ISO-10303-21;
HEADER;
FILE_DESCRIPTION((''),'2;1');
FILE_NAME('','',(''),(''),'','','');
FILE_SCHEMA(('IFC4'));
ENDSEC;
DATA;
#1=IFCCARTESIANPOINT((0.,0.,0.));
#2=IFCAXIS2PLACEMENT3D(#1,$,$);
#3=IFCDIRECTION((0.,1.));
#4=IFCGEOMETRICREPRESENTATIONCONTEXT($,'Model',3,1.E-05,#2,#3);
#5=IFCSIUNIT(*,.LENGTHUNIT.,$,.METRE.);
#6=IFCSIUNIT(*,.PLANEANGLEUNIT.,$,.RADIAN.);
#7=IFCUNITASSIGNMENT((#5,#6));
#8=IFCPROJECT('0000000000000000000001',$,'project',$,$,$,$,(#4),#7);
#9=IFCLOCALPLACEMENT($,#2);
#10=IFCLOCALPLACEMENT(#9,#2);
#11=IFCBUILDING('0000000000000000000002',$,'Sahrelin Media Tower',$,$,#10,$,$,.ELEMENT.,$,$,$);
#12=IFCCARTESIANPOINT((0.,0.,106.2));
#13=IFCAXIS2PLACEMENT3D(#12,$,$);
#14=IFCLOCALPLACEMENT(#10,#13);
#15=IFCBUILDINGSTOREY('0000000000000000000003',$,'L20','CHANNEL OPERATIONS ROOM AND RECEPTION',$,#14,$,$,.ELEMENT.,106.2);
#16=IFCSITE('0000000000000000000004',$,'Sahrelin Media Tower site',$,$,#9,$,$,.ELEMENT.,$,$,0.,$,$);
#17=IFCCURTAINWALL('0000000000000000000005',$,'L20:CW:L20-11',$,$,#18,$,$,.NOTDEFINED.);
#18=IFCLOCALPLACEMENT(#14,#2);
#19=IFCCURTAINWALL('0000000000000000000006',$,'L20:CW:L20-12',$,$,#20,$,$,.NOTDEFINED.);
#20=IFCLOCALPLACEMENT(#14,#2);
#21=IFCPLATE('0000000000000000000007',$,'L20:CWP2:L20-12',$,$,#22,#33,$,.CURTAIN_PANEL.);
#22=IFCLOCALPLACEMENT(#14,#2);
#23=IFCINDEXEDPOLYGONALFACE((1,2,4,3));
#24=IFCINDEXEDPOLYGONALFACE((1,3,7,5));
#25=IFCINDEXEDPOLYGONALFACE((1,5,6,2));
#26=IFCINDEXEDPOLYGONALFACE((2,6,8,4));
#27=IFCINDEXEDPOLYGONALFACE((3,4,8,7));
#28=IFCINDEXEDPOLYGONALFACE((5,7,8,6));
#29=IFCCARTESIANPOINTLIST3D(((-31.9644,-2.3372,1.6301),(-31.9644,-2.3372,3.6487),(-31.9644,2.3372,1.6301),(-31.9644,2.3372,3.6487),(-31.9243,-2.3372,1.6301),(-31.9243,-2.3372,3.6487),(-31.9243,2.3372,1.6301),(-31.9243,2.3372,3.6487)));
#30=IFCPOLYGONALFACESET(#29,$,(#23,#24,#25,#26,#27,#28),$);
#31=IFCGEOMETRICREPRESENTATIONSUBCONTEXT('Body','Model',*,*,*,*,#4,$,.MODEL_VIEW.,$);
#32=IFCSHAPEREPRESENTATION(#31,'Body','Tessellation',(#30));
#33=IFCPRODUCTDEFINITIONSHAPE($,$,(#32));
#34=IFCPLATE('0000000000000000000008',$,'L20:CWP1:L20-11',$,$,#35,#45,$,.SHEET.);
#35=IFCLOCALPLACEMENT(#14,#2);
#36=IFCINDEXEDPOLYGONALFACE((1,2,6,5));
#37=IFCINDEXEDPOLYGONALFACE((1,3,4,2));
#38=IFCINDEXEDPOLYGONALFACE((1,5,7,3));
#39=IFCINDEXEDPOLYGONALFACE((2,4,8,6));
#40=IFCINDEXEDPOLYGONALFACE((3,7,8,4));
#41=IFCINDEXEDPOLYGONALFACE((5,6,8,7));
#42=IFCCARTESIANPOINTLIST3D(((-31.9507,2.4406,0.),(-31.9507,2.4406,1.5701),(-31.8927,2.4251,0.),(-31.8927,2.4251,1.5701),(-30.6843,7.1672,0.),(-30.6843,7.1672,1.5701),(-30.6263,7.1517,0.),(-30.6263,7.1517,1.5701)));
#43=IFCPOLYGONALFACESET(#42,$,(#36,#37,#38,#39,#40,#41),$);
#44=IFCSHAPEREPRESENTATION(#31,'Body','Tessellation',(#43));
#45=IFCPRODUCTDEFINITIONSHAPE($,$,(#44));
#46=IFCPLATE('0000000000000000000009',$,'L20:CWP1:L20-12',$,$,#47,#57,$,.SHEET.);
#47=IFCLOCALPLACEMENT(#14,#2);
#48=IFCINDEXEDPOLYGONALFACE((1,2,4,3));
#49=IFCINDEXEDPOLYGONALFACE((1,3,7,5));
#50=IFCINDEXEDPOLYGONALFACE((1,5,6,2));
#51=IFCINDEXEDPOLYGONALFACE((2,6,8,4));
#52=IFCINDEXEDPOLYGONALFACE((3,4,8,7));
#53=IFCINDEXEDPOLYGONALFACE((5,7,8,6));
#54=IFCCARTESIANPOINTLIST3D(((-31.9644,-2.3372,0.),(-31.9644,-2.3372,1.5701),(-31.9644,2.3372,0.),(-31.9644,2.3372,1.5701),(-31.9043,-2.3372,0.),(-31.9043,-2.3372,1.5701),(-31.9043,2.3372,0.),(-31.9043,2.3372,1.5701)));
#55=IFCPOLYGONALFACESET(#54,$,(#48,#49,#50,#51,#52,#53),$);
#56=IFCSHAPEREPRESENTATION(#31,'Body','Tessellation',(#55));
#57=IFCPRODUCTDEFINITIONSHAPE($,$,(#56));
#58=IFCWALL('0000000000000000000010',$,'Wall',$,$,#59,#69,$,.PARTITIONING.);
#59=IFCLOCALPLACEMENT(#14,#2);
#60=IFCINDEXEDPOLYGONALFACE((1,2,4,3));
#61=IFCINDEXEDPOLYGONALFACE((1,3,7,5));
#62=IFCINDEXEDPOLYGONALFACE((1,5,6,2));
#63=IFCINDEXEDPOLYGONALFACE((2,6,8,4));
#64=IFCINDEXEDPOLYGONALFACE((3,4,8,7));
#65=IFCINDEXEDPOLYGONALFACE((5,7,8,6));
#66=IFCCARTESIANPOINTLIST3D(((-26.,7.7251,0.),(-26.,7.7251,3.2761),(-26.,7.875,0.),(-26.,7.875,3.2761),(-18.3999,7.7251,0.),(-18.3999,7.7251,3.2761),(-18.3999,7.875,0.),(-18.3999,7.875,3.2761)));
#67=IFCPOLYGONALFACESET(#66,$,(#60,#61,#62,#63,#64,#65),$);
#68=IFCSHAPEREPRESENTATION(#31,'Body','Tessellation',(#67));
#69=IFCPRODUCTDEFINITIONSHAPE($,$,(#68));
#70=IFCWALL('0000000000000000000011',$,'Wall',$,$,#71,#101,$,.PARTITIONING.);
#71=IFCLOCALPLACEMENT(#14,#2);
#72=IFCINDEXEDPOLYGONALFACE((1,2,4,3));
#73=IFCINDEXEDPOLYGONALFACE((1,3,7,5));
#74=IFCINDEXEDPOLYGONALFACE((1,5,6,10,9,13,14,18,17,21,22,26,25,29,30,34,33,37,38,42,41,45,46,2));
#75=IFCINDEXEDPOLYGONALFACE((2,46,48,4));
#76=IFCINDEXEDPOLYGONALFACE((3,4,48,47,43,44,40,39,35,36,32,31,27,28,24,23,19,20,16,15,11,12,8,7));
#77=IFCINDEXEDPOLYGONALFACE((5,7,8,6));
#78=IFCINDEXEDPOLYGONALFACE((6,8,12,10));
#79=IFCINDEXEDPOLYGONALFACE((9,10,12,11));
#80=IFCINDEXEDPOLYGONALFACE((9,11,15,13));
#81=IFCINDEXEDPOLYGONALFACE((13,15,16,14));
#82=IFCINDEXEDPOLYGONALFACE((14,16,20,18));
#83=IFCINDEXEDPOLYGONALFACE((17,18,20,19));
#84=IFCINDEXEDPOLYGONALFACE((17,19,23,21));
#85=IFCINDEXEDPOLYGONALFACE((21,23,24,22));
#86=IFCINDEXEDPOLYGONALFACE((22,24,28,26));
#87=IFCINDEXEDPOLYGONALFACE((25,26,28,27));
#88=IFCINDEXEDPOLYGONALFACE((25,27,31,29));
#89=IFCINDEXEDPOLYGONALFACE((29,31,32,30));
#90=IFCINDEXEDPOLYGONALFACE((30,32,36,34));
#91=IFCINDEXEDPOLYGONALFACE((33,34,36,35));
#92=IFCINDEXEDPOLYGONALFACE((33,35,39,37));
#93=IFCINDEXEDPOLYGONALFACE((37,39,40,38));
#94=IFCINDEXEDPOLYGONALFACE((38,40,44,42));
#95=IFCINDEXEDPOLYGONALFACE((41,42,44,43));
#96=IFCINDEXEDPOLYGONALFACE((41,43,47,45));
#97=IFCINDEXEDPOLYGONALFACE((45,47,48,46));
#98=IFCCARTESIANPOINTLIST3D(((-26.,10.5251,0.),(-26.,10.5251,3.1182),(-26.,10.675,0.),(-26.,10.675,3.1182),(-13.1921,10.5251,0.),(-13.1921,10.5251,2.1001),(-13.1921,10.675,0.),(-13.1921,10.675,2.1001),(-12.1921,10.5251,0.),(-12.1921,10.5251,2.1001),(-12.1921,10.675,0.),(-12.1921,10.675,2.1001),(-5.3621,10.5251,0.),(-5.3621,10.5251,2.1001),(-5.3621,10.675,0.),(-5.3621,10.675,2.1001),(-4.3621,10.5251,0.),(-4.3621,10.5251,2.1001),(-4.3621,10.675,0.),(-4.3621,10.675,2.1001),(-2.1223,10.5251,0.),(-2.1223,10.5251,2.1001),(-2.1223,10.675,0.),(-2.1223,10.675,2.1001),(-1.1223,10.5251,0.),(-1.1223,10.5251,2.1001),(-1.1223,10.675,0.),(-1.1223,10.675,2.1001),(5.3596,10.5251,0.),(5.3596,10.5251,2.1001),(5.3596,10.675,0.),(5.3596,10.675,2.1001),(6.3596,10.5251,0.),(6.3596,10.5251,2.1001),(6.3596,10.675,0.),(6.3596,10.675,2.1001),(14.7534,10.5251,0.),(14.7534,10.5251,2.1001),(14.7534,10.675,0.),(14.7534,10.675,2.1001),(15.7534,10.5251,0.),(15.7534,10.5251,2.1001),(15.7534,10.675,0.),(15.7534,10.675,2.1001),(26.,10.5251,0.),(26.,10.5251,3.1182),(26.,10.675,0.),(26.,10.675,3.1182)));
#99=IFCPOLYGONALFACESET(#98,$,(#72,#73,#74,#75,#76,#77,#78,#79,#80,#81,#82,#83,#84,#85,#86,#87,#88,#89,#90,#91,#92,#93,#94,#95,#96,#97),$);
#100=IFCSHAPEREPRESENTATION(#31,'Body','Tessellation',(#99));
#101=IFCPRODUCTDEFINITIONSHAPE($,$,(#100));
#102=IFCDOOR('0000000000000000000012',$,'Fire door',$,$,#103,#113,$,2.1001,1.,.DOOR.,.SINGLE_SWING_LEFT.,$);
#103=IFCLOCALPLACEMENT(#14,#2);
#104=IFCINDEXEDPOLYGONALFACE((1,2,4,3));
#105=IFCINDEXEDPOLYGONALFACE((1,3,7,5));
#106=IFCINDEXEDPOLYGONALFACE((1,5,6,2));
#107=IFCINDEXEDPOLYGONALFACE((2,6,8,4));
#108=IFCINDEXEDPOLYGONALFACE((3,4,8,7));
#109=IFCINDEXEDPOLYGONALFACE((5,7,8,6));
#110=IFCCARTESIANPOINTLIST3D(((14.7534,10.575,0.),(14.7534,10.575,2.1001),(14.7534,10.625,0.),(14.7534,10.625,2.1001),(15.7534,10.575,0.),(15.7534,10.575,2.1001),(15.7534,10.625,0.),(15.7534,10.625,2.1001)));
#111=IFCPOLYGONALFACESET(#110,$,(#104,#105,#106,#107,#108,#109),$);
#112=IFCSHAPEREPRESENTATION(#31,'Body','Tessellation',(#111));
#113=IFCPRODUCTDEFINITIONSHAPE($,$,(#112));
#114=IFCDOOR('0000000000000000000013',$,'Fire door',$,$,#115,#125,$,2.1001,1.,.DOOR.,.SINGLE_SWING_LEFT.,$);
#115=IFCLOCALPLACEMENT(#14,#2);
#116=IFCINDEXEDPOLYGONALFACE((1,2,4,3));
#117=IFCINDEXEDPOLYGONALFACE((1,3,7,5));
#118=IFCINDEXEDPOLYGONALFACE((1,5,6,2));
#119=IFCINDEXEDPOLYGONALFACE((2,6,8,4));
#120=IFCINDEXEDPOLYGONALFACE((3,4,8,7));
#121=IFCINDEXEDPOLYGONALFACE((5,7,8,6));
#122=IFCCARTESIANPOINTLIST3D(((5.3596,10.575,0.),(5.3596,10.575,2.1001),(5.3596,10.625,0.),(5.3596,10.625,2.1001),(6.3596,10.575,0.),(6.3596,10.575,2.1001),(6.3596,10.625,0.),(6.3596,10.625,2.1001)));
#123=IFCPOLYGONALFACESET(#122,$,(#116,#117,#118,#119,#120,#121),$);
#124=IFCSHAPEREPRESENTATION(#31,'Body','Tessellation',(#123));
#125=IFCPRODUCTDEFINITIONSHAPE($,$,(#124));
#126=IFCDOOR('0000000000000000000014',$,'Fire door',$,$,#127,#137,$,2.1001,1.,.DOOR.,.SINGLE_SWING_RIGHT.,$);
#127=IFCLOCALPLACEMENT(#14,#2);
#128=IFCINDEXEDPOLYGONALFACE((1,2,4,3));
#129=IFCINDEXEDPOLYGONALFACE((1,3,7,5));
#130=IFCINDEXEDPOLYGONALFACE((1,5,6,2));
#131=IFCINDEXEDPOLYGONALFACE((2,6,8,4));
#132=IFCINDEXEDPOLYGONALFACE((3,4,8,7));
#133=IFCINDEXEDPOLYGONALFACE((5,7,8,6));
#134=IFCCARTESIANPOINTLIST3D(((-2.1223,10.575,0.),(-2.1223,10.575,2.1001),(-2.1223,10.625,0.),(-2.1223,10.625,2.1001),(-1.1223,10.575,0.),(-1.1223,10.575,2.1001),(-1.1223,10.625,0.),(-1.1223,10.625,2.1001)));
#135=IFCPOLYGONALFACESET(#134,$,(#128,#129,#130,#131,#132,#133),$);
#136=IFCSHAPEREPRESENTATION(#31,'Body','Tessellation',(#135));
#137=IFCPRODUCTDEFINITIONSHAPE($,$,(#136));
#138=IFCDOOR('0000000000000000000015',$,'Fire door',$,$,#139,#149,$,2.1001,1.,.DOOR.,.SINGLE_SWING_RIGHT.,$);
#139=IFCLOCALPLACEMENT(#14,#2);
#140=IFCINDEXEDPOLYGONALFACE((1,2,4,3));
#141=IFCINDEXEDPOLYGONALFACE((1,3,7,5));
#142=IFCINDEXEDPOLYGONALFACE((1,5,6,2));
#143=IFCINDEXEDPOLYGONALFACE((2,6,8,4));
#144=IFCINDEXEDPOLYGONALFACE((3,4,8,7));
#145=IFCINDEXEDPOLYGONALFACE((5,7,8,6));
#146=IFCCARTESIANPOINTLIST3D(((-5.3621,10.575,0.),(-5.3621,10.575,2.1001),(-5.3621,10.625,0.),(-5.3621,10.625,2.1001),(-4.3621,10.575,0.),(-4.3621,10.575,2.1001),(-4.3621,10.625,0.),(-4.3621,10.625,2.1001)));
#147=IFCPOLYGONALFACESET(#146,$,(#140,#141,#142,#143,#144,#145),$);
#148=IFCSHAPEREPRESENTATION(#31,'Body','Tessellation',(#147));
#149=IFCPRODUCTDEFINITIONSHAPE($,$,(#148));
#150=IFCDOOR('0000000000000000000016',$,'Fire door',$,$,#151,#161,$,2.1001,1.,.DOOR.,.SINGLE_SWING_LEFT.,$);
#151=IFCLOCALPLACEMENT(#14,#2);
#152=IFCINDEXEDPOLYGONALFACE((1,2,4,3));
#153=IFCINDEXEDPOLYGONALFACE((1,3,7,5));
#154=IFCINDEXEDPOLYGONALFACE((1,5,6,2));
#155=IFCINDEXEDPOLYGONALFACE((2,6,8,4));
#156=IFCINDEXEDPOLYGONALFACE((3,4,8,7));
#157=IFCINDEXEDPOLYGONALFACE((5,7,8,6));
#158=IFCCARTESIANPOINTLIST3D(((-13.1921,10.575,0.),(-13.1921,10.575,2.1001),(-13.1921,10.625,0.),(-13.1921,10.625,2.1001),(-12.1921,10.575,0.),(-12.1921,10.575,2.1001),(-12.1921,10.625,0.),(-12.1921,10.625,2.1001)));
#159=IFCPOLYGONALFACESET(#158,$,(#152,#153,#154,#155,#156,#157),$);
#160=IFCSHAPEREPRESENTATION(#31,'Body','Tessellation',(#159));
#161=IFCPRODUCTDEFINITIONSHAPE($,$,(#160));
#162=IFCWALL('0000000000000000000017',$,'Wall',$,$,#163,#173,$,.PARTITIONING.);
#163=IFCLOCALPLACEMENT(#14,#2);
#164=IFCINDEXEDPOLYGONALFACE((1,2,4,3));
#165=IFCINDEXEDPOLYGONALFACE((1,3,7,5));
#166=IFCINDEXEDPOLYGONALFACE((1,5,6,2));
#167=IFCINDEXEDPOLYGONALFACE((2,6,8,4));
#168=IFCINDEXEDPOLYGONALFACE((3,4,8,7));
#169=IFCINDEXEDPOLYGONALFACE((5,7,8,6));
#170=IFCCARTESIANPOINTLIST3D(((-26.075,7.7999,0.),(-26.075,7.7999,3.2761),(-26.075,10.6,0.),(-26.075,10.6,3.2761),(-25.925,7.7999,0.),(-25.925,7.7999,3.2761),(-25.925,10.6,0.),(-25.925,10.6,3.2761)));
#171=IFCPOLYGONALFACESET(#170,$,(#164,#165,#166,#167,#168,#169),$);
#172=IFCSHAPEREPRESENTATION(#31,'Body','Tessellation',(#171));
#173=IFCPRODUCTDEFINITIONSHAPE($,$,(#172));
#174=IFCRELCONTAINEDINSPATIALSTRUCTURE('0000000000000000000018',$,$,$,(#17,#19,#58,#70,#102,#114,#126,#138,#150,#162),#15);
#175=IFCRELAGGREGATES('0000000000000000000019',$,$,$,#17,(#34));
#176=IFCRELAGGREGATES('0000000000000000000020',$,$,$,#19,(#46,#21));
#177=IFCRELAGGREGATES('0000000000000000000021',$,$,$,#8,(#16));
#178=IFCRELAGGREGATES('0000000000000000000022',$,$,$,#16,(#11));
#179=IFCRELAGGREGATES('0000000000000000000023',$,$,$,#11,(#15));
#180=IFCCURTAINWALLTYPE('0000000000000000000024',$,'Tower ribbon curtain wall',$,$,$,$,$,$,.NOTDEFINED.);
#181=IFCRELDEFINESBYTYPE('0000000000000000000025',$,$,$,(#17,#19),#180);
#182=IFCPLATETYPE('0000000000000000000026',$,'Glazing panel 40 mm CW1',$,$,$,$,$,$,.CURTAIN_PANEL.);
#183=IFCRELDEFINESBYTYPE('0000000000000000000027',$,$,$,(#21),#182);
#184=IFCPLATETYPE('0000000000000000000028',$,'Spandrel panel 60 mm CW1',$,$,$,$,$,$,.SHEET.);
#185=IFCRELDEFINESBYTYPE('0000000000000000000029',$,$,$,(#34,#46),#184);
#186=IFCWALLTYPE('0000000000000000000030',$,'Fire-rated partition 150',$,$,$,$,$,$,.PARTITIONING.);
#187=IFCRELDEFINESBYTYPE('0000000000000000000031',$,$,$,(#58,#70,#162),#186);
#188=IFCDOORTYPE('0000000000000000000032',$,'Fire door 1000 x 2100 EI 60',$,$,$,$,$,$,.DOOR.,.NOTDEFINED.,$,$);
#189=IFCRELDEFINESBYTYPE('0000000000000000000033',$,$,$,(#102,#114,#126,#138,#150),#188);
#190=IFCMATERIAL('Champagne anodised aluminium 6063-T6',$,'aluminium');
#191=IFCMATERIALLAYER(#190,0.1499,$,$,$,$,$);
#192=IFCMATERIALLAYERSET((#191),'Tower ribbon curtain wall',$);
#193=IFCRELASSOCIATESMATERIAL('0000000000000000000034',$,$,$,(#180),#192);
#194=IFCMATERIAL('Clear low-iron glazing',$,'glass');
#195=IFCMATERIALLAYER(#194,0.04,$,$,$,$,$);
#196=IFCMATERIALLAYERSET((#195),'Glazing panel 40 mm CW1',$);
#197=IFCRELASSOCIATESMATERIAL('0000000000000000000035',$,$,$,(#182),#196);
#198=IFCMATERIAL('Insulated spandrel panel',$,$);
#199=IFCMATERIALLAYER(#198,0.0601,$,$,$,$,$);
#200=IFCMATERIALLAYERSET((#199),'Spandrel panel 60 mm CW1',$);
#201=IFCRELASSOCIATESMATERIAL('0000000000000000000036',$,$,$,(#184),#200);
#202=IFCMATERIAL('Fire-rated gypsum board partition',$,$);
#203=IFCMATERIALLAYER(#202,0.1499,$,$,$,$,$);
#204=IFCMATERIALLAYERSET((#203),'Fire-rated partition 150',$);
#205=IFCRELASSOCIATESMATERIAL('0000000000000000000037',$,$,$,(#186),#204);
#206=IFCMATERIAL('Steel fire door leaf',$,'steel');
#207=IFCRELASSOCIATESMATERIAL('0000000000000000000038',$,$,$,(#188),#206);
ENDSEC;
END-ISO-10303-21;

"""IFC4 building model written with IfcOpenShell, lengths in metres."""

from ifc_helpers import new_model, si_unit, direction, frame, frame_2d, origin, place, context, subcontext, project, spatial, polyline, rectangle, outline, extrude, material, layer, layer_set, type_object, element, fill, aggregate, save


model = new_model("IFC4")

# Units and contexts
model_context = context("Model", 3, precision=1e-05, world=origin(), true_north=direction((0.0, 1.0)))
body_context = subcontext(model_context, "Body", "Model", "MODEL_VIEW")
ifc_project = project(units=[si_unit("LENGTHUNIT", "METRE"), si_unit("PLANEANGLEUNIT", "RADIAN")], contexts=[model_context])

# Site, building, storey
site_placement = place(None, origin())
site = spatial("IfcSite", under=ifc_project, at=site_placement, Name="Sahrelin Media Tower site", CompositionType="ELEMENT", RefElevation=0.0)
building_placement = place(site_placement, origin())
building = spatial("IfcBuilding", under=site, at=building_placement, Name="Sahrelin Media Tower", CompositionType="ELEMENT")
storey_placement = place(building_placement, frame((0.0, 0.0, 106.2)))
storey = spatial("IfcBuildingStorey", under=building, at=storey_placement, Name="L20", Description="CHANNEL OPERATIONS ROOM AND RECEPTION", CompositionType="ELEMENT", Elevation=106.2)

# Curtain wall
ifc_material_1 = material(Name="Champagne anodised aluminium 6063-T6", Category="aluminium")
ifc_layer_1 = layer(ifc_material_1, 0.1499)
ifc_layer_set_1 = layer_set([ifc_layer_1], Name="Tower ribbon curtain wall")
curtain_wall_type = type_object("IfcCurtainWallType", Name="Tower ribbon curtain wall", PredefinedType="NOTDEFINED", material=ifc_layer_set_1)
curtain_wall_1_placement = place(storey_placement, frame((-31.2981, 4.7986, 0.0), z_axis=(0.0, 0.0, 1.0), x_axis=(1.0, 0.0, 0.0)))
curtain_wall_1 = element("IfcCurtainWall", 1, at=curtain_wall_1_placement, inside=storey, type_object=curtain_wall_type, Name="L20:CW:L20-11", PredefinedType="NOTDEFINED")

# Curtain wall
curtain_wall_2_placement = place(storey_placement, frame((-31.9443, 0.0, 0.0), z_axis=(0.0, 0.0, 1.0), x_axis=(1.0, 0.0, 0.0)))
curtain_wall_2 = element("IfcCurtainWall", 2, at=curtain_wall_2_placement, inside=storey, type_object=curtain_wall_type, Name="L20:CW:L20-12", PredefinedType="NOTDEFINED")

# Plates
ifc_material_2 = material(Name="Clear low-iron glazing", Category="glass")
ifc_layer_2 = layer(ifc_material_2, 0.04)
ifc_layer_set_2 = layer_set([ifc_layer_2], Name="Glazing panel 40 mm CW1")
plate_type_1 = type_object("IfcPlateType", Name="Glazing panel 40 mm CW1", PredefinedType="CURTAIN_PANEL", material=ifc_layer_set_2)
plate_1_placement = place(storey_placement, frame((-31.9644, 2.3372, 1.6301), z_axis=(-1.0, 0.0, 0.0), x_axis=(0.0, -1.0, 0.0)))
plate_1 = element("IfcPlate", 3, at=plate_1_placement, type_object=plate_type_1, Name="L20:CWP2:L20-12", PredefinedType="CURTAIN_PANEL", context=body_context, shape_type="SweptSolid", body=[
    extrude(outline(polyline([(0.0, 0.0), (4.6743, 0.0), (4.6743, 2.0186), (0.0, 2.0186), (0.0, 0.0)])), origin(), (0.0, 0.0, -1.0), 0.04),
])
ifc_material_3 = material(Name="Insulated spandrel panel")
ifc_layer_3 = layer(ifc_material_3, 0.0601)
ifc_layer_set_3 = layer_set([ifc_layer_3], Name="Spandrel panel 60 mm CW1")
plate_type_2 = type_object("IfcPlateType", Name="Spandrel panel 60 mm CW1", PredefinedType="SHEET", material=ifc_layer_set_3)
plate_2_placement = place(storey_placement, frame((-30.6843, 7.1672, 0.0), z_axis=(-0.965932, 0.258796, 0.0), x_axis=(-0.258796, -0.965932, 0.0)))
plate_2 = element("IfcPlate", 4, at=plate_2_placement, type_object=plate_type_2, Name="L20:CWP1:L20-11", PredefinedType="SHEET", context=body_context, shape_type="SweptSolid", body=[
    extrude(outline(polyline([(0.0, 0.0), (4.8933, 0.0), (4.8933, 1.5701), (0.0, 1.5701), (0.0, 0.0)])), origin(), (0.0, 0.0, -1.0), 0.0601),
])
aggregate(curtain_wall_1, [plate_2])
plate_3_placement = place(storey_placement, frame((-31.9644, 2.3372, 0.0), z_axis=(-1.0, 0.0, 0.0), x_axis=(0.0, -1.0, 0.0)))
plate_3 = element("IfcPlate", 5, at=plate_3_placement, type_object=plate_type_2, Name="L20:CWP1:L20-12", PredefinedType="SHEET", context=body_context, shape_type="SweptSolid", body=[
    extrude(outline(polyline([(0.0, 0.0), (4.6743, 0.0), (4.6743, 1.5701), (0.0, 1.5701), (0.0, 0.0)])), origin(), (0.0, 0.0, -1.0), 0.0601),
])
aggregate(curtain_wall_2, [plate_3, plate_1])

# Wall
ifc_material_4 = material(Name="Fire-rated gypsum board partition")
ifc_layer_4 = layer(ifc_material_4, 0.1499)
ifc_layer_set_4 = layer_set([ifc_layer_4], Name="Fire-rated partition 150")
wall_type = type_object("IfcWallType", Name="Fire-rated partition 150", PredefinedType="PARTITIONING", material=ifc_layer_set_4)
wall_1_placement = place(storey_placement, frame((-26.0, 7.8, 0.0), z_axis=(0.0, 0.0, 1.0), x_axis=(1.0, 0.0, 0.0)))
element("IfcWall", 6, at=wall_1_placement, inside=storey, type_object=wall_type, Name="Wall", PredefinedType="PARTITIONING", context=body_context, shape_type="SweptSolid", body=[
    extrude(rectangle(XDim=7.6001, YDim=0.1499, at=frame_2d((3.8, 0.0))), origin(), (0.0, 0.0, 1.0), 3.2761),
])

# Wall, openings, doors
wall_2_placement = place(storey_placement, frame((-26.0, 10.6001, 0.0), z_axis=(0.0, 0.0, 1.0), x_axis=(1.0, 0.0, 0.0)))
wall_2 = element("IfcWall", 7, at=wall_2_placement, inside=storey, type_object=wall_type, Name="Wall", PredefinedType="PARTITIONING", context=body_context, shape_type="SweptSolid", body=[
    extrude(rectangle(XDim=52.0, YDim=0.1499, at=frame_2d((26.0, 0.0))), origin(), (0.0, 0.0, 1.0), 3.1182),
])
opening_1_placement = place(wall_2_placement, frame((40.7534, 0.0, 0.0)))
opening_1 = element("IfcOpeningElement", 8, at=opening_1_placement, cuts=wall_2, PredefinedType="OPENING", context=body_context, shape_type="SweptSolid", body=[
    extrude(rectangle(XDim=1.0, YDim=2.1001, at=frame_2d((0.5, 1.05))), frame((0.0, 0.075, 0.0), z_axis=(0.0, -1.0, 0.0), x_axis=(1.0, 0.0, 0.0)), (0.0, 0.0, 1.0), 0.1499),
])
opening_2_placement = place(wall_2_placement, frame((31.3596, 0.0, 0.0)))
opening_2 = element("IfcOpeningElement", 9, at=opening_2_placement, cuts=wall_2, PredefinedType="OPENING", context=body_context, shape_type="SweptSolid", body=[
    extrude(rectangle(XDim=1.0, YDim=2.1001, at=frame_2d((0.5, 1.05))), frame((0.0, 0.075, 0.0), z_axis=(0.0, -1.0, 0.0), x_axis=(1.0, 0.0, 0.0)), (0.0, 0.0, 1.0), 0.1499),
])
opening_3_placement = place(wall_2_placement, frame((23.8777, 0.0, 0.0)))
opening_3 = element("IfcOpeningElement", 10, at=opening_3_placement, cuts=wall_2, PredefinedType="OPENING", context=body_context, shape_type="SweptSolid", body=[
    extrude(rectangle(XDim=1.0, YDim=2.1001, at=frame_2d((0.5, 1.05))), frame((0.0, 0.075, 0.0), z_axis=(0.0, -1.0, 0.0), x_axis=(1.0, 0.0, 0.0)), (0.0, 0.0, 1.0), 0.1499),
])
opening_4_placement = place(wall_2_placement, frame((20.6379, 0.0, 0.0)))
opening_4 = element("IfcOpeningElement", 11, at=opening_4_placement, cuts=wall_2, PredefinedType="OPENING", context=body_context, shape_type="SweptSolid", body=[
    extrude(rectangle(XDim=1.0, YDim=2.1001, at=frame_2d((0.5, 1.05))), frame((0.0, 0.075, 0.0), z_axis=(0.0, -1.0, 0.0), x_axis=(1.0, 0.0, 0.0)), (0.0, 0.0, 1.0), 0.1499),
])
opening_5_placement = place(wall_2_placement, frame((12.8079, 0.0, 0.0)))
opening_5 = element("IfcOpeningElement", 12, at=opening_5_placement, cuts=wall_2, PredefinedType="OPENING", context=body_context, shape_type="SweptSolid", body=[
    extrude(rectangle(XDim=1.0, YDim=2.1001, at=frame_2d((0.5, 1.05))), frame((0.0, 0.075, 0.0), z_axis=(0.0, -1.0, 0.0), x_axis=(1.0, 0.0, 0.0)), (0.0, 0.0, 1.0), 0.1499),
])
ifc_material_5 = material(Name="Steel fire door leaf", Category="steel")
door_type = type_object("IfcDoorType", Name="Fire door 1000 x 2100 EI 60", OperationType="NOTDEFINED", PredefinedType="DOOR", material=ifc_material_5)
door_1_placement = place(opening_1_placement, origin())
door_1 = element("IfcDoor", 13, at=door_1_placement, inside=storey, type_object=door_type, Name="Fire door", OperationType="SINGLE_SWING_LEFT", OverallHeight=2.1001, OverallWidth=1.0, PredefinedType="DOOR", context=body_context, shape_type="SweptSolid", body=[
    extrude(rectangle(XDim=1.0, YDim=2.1001, at=frame_2d((0.5, 1.05))), frame((0.0, 0.0249, 0.0), z_axis=(0.0, -1.0, 0.0), x_axis=(1.0, 0.0, 0.0)), (0.0, 0.0, 1.0), 0.05),
])
fill(opening_1, door_1)
door_2_placement = place(opening_2_placement, origin())
door_2 = element("IfcDoor", 14, at=door_2_placement, inside=storey, type_object=door_type, Name="Fire door", OperationType="SINGLE_SWING_LEFT", OverallHeight=2.1001, OverallWidth=1.0, PredefinedType="DOOR", context=body_context, shape_type="SweptSolid", body=[
    extrude(rectangle(XDim=1.0, YDim=2.1001, at=frame_2d((0.5, 1.05))), frame((0.0, 0.0249, 0.0), z_axis=(0.0, -1.0, 0.0), x_axis=(1.0, 0.0, 0.0)), (0.0, 0.0, 1.0), 0.05),
])
fill(opening_2, door_2)
door_3_placement = place(opening_3_placement, origin())
door_3 = element("IfcDoor", 15, at=door_3_placement, inside=storey, type_object=door_type, Name="Fire door", OperationType="SINGLE_SWING_RIGHT", OverallHeight=2.1001, OverallWidth=1.0, PredefinedType="DOOR", context=body_context, shape_type="SweptSolid", body=[
    extrude(rectangle(XDim=1.0, YDim=2.1001, at=frame_2d((0.5, 1.05))), frame((0.0, 0.0249, 0.0), z_axis=(0.0, -1.0, 0.0), x_axis=(1.0, 0.0, 0.0)), (0.0, 0.0, 1.0), 0.05),
])
fill(opening_3, door_3)
door_4_placement = place(opening_4_placement, origin())
door_4 = element("IfcDoor", 16, at=door_4_placement, inside=storey, type_object=door_type, Name="Fire door", OperationType="SINGLE_SWING_RIGHT", OverallHeight=2.1001, OverallWidth=1.0, PredefinedType="DOOR", context=body_context, shape_type="SweptSolid", body=[
    extrude(rectangle(XDim=1.0, YDim=2.1001, at=frame_2d((0.5, 1.05))), frame((0.0, 0.0249, 0.0), z_axis=(0.0, -1.0, 0.0), x_axis=(1.0, 0.0, 0.0)), (0.0, 0.0, 1.0), 0.05),
])
fill(opening_4, door_4)
door_5_placement = place(opening_5_placement, origin())
door_5 = element("IfcDoor", 17, at=door_5_placement, inside=storey, type_object=door_type, Name="Fire door", OperationType="SINGLE_SWING_LEFT", OverallHeight=2.1001, OverallWidth=1.0, PredefinedType="DOOR", context=body_context, shape_type="SweptSolid", body=[
    extrude(rectangle(XDim=1.0, YDim=2.1001, at=frame_2d((0.5, 1.05))), frame((0.0, 0.0249, 0.0), z_axis=(0.0, -1.0, 0.0), x_axis=(1.0, 0.0, 0.0)), (0.0, 0.0, 1.0), 0.05),
])
fill(opening_5, door_5)

# Wall
wall_3_placement = place(storey_placement, frame((-26.0, 7.8, 0.0), z_axis=(0.0, 0.0, 1.0), x_axis=(0.0, 1.0, 0.0)))
element("IfcWall", 18, at=wall_3_placement, inside=storey, type_object=wall_type, Name="Wall", PredefinedType="PARTITIONING", context=body_context, shape_type="SweptSolid", body=[
    extrude(rectangle(XDim=2.8, YDim=0.1499, at=frame_2d((1.3999, 0.0))), origin(), (0.0, 0.0, 1.0), 3.2761),
])

save(model, "model.ifc")
